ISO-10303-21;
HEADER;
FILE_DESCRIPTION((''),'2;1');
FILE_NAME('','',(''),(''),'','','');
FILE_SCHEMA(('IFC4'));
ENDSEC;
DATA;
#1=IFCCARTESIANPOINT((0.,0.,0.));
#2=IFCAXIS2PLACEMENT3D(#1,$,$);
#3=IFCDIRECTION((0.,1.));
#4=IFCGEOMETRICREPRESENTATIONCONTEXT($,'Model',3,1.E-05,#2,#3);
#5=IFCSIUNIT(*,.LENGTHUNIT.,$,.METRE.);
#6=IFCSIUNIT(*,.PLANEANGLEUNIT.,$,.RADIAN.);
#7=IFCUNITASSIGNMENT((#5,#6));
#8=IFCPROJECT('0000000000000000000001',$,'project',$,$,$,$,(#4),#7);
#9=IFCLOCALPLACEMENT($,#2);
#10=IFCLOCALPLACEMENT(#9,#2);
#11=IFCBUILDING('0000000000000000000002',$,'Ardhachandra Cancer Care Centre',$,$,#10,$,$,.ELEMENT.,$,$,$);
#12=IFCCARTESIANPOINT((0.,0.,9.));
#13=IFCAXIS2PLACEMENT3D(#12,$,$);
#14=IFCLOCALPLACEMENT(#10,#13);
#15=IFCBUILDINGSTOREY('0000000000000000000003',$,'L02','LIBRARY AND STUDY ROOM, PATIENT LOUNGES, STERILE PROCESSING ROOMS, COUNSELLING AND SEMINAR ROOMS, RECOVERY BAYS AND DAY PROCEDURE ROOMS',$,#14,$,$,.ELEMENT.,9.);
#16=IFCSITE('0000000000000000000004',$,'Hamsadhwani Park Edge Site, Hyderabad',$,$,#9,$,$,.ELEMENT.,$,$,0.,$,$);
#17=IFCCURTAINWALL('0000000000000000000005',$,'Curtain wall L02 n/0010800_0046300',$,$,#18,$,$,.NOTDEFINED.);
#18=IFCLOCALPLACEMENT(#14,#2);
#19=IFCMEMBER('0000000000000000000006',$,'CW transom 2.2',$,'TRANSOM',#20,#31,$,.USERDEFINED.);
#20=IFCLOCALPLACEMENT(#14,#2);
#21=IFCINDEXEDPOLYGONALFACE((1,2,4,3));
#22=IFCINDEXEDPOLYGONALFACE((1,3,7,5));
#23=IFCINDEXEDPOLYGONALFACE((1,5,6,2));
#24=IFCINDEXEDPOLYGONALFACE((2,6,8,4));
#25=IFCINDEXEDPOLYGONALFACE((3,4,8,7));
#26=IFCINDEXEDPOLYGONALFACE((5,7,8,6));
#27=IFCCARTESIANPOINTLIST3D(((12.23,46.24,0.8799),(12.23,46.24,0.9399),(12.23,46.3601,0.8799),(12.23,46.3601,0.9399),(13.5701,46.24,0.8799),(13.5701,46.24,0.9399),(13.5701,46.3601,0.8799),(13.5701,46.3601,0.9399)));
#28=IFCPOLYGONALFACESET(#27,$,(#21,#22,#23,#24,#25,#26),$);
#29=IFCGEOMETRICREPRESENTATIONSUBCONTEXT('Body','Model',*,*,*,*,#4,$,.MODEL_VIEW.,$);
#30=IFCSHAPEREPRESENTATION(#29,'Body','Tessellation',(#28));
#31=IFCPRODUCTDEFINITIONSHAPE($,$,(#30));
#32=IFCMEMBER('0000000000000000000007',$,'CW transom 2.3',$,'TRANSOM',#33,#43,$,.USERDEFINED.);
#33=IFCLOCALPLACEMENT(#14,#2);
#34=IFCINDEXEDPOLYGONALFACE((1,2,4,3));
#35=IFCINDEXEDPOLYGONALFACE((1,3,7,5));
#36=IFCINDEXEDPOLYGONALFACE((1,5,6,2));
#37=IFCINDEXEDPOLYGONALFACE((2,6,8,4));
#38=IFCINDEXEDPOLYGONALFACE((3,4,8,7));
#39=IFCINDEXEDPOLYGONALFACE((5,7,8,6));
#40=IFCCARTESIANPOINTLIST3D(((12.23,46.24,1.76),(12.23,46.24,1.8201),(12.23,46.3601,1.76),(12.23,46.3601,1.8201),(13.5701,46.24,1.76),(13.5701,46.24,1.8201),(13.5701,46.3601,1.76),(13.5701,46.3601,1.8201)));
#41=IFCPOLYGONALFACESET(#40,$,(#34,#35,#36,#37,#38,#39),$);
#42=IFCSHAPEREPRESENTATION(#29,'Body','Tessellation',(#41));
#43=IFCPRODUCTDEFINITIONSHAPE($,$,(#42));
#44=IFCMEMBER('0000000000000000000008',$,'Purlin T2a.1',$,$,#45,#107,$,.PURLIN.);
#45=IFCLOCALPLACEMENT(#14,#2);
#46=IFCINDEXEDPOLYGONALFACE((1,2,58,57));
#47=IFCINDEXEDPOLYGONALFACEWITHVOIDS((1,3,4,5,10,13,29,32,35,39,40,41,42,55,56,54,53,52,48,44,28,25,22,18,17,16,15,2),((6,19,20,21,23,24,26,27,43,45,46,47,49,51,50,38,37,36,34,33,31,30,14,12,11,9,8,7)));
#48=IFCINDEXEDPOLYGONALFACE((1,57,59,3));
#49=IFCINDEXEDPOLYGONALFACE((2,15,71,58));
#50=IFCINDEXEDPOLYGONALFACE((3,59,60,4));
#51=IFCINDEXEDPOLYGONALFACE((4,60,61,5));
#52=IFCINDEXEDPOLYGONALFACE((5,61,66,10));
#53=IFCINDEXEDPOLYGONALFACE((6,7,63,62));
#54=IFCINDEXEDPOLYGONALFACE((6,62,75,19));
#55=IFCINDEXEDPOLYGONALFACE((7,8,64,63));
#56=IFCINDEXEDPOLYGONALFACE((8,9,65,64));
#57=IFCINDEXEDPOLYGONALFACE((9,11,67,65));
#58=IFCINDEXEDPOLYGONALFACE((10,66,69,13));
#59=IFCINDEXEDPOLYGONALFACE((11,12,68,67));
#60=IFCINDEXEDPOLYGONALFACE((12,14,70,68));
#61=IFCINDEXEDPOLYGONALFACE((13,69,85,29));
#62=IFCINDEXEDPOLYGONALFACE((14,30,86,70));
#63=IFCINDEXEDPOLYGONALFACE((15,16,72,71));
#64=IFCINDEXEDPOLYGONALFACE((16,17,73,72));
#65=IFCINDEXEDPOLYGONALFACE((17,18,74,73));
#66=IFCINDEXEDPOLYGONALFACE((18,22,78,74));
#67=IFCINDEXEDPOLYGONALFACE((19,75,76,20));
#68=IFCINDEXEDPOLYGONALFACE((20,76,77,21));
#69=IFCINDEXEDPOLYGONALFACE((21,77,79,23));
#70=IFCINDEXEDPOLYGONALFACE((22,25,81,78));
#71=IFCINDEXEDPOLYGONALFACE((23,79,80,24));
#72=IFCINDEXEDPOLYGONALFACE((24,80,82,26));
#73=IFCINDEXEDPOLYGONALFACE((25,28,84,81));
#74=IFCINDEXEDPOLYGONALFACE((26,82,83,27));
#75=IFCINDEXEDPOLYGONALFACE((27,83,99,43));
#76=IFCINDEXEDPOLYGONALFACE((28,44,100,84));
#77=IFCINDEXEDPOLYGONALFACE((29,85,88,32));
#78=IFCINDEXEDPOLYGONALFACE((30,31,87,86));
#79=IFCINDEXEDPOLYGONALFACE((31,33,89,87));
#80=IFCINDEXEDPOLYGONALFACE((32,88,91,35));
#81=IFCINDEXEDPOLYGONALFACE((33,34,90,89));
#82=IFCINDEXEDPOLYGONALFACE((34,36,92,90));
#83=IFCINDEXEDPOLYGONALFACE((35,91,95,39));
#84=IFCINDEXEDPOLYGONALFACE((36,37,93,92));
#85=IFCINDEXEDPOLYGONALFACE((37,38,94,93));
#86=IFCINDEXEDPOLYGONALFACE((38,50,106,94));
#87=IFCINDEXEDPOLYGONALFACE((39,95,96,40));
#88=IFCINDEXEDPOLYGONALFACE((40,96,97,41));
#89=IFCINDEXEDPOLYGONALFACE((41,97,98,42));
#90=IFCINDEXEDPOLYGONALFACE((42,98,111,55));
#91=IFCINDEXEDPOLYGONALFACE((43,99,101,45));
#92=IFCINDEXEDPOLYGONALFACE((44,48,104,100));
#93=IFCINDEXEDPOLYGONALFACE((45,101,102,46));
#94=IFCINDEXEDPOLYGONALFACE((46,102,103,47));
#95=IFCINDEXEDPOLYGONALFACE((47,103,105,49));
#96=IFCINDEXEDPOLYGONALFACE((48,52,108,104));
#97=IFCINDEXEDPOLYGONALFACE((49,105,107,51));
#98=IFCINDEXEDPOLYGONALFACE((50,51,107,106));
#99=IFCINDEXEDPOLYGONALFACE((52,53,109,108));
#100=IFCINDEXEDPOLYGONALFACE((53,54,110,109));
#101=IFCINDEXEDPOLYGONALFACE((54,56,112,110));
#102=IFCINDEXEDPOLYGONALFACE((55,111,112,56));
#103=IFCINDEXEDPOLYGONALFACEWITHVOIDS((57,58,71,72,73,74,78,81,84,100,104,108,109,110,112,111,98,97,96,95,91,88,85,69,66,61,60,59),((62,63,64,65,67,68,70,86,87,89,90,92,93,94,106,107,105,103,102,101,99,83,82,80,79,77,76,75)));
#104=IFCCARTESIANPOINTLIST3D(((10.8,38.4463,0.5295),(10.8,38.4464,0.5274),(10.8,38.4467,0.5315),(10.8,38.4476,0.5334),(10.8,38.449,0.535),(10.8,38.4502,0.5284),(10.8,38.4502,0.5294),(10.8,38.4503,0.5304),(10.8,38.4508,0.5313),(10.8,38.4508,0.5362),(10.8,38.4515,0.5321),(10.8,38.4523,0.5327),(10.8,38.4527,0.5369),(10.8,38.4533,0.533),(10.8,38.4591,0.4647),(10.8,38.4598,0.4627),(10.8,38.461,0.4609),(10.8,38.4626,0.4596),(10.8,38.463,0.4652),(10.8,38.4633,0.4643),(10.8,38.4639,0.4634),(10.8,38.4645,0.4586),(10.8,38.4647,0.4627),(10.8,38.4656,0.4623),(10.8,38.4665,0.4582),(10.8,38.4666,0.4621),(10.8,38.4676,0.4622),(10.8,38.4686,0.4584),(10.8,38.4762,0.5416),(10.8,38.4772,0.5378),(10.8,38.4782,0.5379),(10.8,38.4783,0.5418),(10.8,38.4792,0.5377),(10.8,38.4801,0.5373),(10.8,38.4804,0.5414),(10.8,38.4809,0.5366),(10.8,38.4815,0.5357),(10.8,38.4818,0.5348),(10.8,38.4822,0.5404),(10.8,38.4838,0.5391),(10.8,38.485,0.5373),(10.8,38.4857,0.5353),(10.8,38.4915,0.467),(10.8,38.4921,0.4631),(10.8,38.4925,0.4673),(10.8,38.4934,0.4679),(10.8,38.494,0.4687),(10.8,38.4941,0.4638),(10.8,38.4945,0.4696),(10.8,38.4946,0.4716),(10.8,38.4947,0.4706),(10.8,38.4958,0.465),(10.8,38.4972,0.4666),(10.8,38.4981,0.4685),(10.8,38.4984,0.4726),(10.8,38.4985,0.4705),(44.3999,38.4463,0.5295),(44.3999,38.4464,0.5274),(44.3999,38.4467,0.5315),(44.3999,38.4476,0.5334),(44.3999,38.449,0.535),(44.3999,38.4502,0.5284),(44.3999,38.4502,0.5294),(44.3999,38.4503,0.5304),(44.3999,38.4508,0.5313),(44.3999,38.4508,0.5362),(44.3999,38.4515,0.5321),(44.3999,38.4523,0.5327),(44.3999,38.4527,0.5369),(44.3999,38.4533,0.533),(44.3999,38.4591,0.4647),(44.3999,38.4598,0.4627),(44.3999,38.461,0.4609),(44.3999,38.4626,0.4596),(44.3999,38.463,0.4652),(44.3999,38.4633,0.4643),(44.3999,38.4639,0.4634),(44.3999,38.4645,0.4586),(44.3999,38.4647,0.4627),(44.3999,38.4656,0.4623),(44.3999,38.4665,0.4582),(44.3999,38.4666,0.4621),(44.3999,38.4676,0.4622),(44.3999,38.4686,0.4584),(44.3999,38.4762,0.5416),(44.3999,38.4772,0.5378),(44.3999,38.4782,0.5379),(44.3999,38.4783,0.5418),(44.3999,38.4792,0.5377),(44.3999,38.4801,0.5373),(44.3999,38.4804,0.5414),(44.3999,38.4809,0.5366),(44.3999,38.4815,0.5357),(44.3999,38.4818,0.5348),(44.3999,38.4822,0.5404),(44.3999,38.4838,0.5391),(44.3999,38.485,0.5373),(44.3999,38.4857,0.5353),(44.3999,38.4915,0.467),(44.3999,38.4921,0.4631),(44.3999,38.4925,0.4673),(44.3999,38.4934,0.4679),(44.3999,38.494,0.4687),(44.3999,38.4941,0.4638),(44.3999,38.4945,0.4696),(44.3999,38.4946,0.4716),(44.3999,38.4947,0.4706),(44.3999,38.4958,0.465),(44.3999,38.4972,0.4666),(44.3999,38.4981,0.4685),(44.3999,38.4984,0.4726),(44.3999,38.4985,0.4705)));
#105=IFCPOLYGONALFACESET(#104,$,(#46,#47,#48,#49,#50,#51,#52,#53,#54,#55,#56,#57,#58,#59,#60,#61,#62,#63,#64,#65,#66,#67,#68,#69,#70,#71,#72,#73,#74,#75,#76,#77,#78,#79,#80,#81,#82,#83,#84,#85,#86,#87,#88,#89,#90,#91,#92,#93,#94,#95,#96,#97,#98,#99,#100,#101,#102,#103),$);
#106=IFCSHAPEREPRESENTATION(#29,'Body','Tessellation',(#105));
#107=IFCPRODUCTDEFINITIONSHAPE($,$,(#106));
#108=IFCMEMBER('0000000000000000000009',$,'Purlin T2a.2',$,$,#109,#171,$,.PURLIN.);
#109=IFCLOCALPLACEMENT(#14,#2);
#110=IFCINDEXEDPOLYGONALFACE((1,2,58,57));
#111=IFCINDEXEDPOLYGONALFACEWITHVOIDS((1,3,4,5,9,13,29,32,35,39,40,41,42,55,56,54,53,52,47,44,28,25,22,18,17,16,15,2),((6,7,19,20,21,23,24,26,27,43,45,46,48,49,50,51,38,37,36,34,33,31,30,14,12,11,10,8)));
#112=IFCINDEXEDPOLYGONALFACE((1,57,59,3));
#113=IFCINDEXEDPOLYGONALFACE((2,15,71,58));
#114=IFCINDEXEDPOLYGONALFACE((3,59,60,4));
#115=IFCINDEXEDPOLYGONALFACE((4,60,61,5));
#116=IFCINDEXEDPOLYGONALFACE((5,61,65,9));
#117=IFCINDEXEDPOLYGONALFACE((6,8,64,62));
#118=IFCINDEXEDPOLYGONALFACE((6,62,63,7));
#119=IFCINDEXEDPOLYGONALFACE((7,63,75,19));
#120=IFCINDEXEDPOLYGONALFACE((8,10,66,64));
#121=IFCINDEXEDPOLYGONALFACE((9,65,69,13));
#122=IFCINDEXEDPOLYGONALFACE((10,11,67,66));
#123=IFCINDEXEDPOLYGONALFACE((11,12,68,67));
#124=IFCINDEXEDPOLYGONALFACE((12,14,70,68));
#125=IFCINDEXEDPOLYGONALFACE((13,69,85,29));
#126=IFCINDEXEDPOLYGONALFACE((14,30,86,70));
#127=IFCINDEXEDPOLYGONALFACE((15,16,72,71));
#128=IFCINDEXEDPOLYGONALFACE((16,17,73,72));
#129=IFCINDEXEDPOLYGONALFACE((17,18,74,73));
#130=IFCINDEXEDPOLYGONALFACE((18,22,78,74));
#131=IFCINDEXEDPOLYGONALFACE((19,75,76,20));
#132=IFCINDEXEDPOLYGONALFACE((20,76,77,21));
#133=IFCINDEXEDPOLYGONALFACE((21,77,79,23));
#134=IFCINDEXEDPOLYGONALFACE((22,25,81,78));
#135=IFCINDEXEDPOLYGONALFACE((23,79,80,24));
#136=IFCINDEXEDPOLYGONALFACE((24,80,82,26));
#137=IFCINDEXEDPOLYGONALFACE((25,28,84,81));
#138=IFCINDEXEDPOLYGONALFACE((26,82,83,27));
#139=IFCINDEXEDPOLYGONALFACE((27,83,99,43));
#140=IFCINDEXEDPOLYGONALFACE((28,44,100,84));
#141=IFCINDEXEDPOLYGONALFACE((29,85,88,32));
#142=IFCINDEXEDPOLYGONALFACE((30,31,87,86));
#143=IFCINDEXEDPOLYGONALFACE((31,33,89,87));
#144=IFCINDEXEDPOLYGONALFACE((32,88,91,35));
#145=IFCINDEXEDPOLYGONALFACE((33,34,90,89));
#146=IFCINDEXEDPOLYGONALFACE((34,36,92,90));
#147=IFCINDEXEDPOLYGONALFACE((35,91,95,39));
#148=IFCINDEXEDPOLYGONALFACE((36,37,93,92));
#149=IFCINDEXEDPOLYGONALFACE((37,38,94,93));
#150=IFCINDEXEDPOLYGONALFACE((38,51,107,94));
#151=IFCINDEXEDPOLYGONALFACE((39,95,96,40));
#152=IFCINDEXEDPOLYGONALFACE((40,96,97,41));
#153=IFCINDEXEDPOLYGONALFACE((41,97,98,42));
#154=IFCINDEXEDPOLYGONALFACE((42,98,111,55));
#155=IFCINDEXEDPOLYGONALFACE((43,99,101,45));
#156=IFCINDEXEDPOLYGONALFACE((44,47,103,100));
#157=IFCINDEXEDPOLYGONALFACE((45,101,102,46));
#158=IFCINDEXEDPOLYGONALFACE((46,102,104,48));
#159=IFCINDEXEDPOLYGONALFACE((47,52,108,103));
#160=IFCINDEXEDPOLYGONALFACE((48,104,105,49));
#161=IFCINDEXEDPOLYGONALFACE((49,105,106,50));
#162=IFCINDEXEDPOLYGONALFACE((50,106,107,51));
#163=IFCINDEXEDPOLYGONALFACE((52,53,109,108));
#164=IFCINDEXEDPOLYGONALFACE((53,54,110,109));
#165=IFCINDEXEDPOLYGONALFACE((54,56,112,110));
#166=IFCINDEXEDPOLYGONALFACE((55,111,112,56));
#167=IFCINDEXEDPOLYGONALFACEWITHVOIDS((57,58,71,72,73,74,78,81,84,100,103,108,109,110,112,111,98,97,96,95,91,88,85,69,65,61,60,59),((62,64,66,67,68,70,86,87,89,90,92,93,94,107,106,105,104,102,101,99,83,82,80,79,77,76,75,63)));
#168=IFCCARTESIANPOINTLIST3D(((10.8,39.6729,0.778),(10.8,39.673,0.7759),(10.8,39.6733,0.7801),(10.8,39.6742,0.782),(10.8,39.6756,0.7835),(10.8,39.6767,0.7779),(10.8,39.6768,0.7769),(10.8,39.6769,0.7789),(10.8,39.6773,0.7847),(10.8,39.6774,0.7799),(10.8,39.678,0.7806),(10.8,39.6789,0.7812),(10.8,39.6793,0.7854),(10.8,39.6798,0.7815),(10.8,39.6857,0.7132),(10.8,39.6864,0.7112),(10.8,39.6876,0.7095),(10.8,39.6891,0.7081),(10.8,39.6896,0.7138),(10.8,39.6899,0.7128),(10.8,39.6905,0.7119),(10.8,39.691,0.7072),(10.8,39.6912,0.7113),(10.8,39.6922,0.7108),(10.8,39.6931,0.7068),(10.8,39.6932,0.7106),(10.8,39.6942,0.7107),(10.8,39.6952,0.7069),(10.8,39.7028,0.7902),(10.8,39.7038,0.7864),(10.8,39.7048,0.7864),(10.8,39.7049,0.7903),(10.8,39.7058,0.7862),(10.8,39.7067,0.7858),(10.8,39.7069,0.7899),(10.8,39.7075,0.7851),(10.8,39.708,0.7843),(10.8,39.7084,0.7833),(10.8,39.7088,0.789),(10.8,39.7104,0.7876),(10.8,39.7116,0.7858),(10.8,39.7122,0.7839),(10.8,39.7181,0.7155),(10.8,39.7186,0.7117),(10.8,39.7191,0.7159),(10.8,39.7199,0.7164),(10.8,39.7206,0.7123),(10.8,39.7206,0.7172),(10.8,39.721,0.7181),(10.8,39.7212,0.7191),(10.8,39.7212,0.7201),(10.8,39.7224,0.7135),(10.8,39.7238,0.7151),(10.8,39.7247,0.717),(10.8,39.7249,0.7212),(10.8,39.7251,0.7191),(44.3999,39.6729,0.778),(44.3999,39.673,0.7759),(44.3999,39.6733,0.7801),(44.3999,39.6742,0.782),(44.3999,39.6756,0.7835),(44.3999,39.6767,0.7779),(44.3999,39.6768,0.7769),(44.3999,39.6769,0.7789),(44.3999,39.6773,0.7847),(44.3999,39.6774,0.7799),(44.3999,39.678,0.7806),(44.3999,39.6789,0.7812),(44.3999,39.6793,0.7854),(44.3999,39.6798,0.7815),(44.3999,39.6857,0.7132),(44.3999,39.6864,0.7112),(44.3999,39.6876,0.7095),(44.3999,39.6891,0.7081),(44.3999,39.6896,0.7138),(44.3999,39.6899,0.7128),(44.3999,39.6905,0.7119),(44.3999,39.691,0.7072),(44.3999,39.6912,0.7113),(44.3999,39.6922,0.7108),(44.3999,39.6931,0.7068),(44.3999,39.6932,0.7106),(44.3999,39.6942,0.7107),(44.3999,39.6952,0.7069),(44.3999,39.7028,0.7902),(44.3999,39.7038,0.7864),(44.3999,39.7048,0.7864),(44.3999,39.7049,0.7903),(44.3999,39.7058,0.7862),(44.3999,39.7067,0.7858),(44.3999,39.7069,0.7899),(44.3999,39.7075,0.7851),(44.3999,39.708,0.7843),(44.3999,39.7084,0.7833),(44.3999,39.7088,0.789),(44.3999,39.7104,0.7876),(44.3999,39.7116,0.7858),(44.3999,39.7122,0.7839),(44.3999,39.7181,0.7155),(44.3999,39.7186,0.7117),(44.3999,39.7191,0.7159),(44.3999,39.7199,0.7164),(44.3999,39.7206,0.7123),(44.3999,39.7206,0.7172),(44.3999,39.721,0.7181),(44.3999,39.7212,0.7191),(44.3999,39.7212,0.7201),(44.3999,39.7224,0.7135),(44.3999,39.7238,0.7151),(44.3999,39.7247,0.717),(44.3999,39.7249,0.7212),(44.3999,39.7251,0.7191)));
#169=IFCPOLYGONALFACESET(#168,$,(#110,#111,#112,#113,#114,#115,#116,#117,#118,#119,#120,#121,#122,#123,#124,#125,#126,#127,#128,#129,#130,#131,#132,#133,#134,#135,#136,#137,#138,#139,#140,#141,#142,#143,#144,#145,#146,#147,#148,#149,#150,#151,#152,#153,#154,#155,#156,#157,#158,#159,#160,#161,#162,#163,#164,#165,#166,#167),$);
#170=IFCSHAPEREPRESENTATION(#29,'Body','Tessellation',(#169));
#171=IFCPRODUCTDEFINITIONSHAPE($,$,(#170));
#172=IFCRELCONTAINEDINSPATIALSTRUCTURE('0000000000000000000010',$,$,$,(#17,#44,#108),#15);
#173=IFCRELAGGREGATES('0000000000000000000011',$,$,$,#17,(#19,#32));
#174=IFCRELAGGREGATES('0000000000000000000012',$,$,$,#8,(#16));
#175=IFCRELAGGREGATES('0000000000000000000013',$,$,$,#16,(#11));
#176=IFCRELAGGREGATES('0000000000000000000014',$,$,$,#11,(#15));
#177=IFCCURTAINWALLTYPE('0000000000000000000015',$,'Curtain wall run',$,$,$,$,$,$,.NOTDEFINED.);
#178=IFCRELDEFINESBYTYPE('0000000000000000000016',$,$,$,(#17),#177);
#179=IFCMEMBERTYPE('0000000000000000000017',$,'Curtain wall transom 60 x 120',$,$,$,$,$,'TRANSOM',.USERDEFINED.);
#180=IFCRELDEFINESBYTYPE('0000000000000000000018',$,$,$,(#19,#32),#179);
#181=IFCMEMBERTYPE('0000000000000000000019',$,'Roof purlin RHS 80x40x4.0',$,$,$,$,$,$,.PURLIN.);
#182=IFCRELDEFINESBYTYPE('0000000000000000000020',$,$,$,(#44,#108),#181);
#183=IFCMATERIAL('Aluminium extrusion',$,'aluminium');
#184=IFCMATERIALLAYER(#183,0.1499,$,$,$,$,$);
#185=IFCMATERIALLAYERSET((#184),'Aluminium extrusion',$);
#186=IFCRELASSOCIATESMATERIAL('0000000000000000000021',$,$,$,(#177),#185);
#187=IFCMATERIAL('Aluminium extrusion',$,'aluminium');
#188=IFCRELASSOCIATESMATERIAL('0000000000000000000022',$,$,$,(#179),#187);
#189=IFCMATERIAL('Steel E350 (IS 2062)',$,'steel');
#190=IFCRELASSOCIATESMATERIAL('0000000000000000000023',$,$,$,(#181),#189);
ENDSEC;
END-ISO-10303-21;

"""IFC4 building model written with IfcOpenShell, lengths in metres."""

from ifc_helpers import new_model, si_unit, direction, frame, origin, origin_2d, place, context, subcontext, project, spatial, rectangle, hollow_rectangle, extrude, material, layer, layer_set, material_profile, profile_set, type_object, element, aggregate, save


model = new_model("IFC4")

# Units and contexts
model_context = context("Model", 3, precision=1e-05, world=origin(), true_north=direction((0.0, 1.0)))
body_context = subcontext(model_context, "Body", "Model", "MODEL_VIEW")
ifc_project = project(units=[si_unit("LENGTHUNIT", "METRE"), si_unit("PLANEANGLEUNIT", "RADIAN")], contexts=[model_context])

# Site, building, storey
site_placement = place(None, origin())
site = spatial("IfcSite", under=ifc_project, at=site_placement, Name="Hamsadhwani Park Edge Site, Hyderabad", CompositionType="ELEMENT", RefElevation=0.0)
building_placement = place(site_placement, origin())
building = spatial("IfcBuilding", under=site, at=building_placement, Name="Ardhachandra Cancer Care Centre", CompositionType="ELEMENT")
storey_placement = place(building_placement, frame((0.0, 0.0, 9.0)))
storey = spatial("IfcBuildingStorey", under=building, at=storey_placement, Name="L02", Description="LIBRARY AND STUDY ROOM, PATIENT LOUNGES, STERILE PROCESSING ROOMS, COUNSELLING AND SEMINAR ROOMS, RECOVERY BAYS AND DAY PROCEDURE ROOMS", CompositionType="ELEMENT", Elevation=9.0)

# Curtain wall, members
ifc_material_1 = material(Name="Aluminium extrusion", Category="aluminium")
ifc_layer_1 = layer(ifc_material_1, 0.1499)
ifc_layer_set_1 = layer_set([ifc_layer_1], Name="Aluminium extrusion")
curtain_wall_type = type_object("IfcCurtainWallType", Name="Curtain wall run", PredefinedType="NOTDEFINED", material=ifc_layer_set_1)
curtain_wall_placement = place(storey_placement, origin())
curtain_wall = element("IfcCurtainWall", 1, at=curtain_wall_placement, inside=storey, type_object=curtain_wall_type, Name="Curtain wall L02 n/0010800_0046300", PredefinedType="NOTDEFINED")
ifc_material_2 = material(Name="Aluminium extrusion", Category="aluminium")
ifc_material_profile_1 = material_profile(ifc_material_2, rectangle(XDim=0.1201, YDim=0.0601, at=origin_2d()), Name="Curtain wall transom 60 x 120")
ifc_profile_set_1 = profile_set([ifc_material_profile_1], Name="Aluminium extrusion")
member_type_1 = type_object("IfcMemberType", Name="Curtain wall transom 60 x 120", ElementType="TRANSOM", PredefinedType="USERDEFINED", material=ifc_profile_set_1)
member_1_placement = place(storey_placement, frame((12.23, 46.3, 0.9099), z_axis=(1.0, 0.0, 0.0), x_axis=(0.0, 1.0, 0.0)))
member_1 = element("IfcMember", 2, at=member_1_placement, type_object=member_type_1, Name="CW transom 2.2", ObjectType="TRANSOM", PredefinedType="USERDEFINED", context=body_context, shape_type="SweptSolid", body=[
    extrude(rectangle(XDim=0.1201, YDim=0.0601, at=origin_2d()), origin(), (0.0, 0.0, 1.0), 1.3401),
])
member_2_placement = place(storey_placement, frame((12.23, 46.3, 1.79), z_axis=(1.0, 0.0, 0.0), x_axis=(0.0, 1.0, 0.0)))
member_2 = element("IfcMember", 3, at=member_2_placement, type_object=member_type_1, Name="CW transom 2.3", ObjectType="TRANSOM", PredefinedType="USERDEFINED", context=body_context, shape_type="SweptSolid", body=[
    extrude(rectangle(XDim=0.1201, YDim=0.0601, at=origin_2d()), origin(), (0.0, 0.0, 1.0), 1.3401),
])

# Members
ifc_material_3 = material(Name="Steel E350 (IS 2062)", Category="steel")
ifc_material_profile_2 = material_profile(ifc_material_3, hollow_rectangle(XDim=0.04, YDim=0.0801, WallThickness=0.0039, InnerFilletRadius=0.0039, OuterFilletRadius=0.0081, at=origin_2d()), Name="RHS 80x40x4.0")
ifc_profile_set_2 = profile_set([ifc_material_profile_2], Name="Steel E350 (IS 2062)")
member_type_2 = type_object("IfcMemberType", Name="Roof purlin RHS 80x40x4.0", PredefinedType="PURLIN", material=ifc_profile_set_2)
for number, where, z_axis, x_axis, name in (
    (4, (10.8, 38.4724, 0.5), (1.0, 0.0, 0.0), (0.0, 0.980107, 0.198472), "Purlin T2a.1"),
    (5, (10.8, 39.699, 0.7485), (1.0, 0.0, 0.0), (0.0, 0.980107, 0.198472), "Purlin T2a.2"),
):
    element("IfcMember", number, at=place(storey_placement, frame(where, z_axis=z_axis, x_axis=x_axis)), inside=storey, type_object=member_type_2, Name=name, PredefinedType="PURLIN", context=body_context, shape_type="SweptSolid", body=[
        extrude(hollow_rectangle(XDim=0.04, YDim=0.0801, WallThickness=0.0039, InnerFilletRadius=0.0039, OuterFilletRadius=0.0081, at=origin_2d()), origin(), (0.0, 0.0, 1.0), 33.5999),
    ])

aggregate(curtain_wall, [member_1, member_2])

save(model, "model.ifc")
